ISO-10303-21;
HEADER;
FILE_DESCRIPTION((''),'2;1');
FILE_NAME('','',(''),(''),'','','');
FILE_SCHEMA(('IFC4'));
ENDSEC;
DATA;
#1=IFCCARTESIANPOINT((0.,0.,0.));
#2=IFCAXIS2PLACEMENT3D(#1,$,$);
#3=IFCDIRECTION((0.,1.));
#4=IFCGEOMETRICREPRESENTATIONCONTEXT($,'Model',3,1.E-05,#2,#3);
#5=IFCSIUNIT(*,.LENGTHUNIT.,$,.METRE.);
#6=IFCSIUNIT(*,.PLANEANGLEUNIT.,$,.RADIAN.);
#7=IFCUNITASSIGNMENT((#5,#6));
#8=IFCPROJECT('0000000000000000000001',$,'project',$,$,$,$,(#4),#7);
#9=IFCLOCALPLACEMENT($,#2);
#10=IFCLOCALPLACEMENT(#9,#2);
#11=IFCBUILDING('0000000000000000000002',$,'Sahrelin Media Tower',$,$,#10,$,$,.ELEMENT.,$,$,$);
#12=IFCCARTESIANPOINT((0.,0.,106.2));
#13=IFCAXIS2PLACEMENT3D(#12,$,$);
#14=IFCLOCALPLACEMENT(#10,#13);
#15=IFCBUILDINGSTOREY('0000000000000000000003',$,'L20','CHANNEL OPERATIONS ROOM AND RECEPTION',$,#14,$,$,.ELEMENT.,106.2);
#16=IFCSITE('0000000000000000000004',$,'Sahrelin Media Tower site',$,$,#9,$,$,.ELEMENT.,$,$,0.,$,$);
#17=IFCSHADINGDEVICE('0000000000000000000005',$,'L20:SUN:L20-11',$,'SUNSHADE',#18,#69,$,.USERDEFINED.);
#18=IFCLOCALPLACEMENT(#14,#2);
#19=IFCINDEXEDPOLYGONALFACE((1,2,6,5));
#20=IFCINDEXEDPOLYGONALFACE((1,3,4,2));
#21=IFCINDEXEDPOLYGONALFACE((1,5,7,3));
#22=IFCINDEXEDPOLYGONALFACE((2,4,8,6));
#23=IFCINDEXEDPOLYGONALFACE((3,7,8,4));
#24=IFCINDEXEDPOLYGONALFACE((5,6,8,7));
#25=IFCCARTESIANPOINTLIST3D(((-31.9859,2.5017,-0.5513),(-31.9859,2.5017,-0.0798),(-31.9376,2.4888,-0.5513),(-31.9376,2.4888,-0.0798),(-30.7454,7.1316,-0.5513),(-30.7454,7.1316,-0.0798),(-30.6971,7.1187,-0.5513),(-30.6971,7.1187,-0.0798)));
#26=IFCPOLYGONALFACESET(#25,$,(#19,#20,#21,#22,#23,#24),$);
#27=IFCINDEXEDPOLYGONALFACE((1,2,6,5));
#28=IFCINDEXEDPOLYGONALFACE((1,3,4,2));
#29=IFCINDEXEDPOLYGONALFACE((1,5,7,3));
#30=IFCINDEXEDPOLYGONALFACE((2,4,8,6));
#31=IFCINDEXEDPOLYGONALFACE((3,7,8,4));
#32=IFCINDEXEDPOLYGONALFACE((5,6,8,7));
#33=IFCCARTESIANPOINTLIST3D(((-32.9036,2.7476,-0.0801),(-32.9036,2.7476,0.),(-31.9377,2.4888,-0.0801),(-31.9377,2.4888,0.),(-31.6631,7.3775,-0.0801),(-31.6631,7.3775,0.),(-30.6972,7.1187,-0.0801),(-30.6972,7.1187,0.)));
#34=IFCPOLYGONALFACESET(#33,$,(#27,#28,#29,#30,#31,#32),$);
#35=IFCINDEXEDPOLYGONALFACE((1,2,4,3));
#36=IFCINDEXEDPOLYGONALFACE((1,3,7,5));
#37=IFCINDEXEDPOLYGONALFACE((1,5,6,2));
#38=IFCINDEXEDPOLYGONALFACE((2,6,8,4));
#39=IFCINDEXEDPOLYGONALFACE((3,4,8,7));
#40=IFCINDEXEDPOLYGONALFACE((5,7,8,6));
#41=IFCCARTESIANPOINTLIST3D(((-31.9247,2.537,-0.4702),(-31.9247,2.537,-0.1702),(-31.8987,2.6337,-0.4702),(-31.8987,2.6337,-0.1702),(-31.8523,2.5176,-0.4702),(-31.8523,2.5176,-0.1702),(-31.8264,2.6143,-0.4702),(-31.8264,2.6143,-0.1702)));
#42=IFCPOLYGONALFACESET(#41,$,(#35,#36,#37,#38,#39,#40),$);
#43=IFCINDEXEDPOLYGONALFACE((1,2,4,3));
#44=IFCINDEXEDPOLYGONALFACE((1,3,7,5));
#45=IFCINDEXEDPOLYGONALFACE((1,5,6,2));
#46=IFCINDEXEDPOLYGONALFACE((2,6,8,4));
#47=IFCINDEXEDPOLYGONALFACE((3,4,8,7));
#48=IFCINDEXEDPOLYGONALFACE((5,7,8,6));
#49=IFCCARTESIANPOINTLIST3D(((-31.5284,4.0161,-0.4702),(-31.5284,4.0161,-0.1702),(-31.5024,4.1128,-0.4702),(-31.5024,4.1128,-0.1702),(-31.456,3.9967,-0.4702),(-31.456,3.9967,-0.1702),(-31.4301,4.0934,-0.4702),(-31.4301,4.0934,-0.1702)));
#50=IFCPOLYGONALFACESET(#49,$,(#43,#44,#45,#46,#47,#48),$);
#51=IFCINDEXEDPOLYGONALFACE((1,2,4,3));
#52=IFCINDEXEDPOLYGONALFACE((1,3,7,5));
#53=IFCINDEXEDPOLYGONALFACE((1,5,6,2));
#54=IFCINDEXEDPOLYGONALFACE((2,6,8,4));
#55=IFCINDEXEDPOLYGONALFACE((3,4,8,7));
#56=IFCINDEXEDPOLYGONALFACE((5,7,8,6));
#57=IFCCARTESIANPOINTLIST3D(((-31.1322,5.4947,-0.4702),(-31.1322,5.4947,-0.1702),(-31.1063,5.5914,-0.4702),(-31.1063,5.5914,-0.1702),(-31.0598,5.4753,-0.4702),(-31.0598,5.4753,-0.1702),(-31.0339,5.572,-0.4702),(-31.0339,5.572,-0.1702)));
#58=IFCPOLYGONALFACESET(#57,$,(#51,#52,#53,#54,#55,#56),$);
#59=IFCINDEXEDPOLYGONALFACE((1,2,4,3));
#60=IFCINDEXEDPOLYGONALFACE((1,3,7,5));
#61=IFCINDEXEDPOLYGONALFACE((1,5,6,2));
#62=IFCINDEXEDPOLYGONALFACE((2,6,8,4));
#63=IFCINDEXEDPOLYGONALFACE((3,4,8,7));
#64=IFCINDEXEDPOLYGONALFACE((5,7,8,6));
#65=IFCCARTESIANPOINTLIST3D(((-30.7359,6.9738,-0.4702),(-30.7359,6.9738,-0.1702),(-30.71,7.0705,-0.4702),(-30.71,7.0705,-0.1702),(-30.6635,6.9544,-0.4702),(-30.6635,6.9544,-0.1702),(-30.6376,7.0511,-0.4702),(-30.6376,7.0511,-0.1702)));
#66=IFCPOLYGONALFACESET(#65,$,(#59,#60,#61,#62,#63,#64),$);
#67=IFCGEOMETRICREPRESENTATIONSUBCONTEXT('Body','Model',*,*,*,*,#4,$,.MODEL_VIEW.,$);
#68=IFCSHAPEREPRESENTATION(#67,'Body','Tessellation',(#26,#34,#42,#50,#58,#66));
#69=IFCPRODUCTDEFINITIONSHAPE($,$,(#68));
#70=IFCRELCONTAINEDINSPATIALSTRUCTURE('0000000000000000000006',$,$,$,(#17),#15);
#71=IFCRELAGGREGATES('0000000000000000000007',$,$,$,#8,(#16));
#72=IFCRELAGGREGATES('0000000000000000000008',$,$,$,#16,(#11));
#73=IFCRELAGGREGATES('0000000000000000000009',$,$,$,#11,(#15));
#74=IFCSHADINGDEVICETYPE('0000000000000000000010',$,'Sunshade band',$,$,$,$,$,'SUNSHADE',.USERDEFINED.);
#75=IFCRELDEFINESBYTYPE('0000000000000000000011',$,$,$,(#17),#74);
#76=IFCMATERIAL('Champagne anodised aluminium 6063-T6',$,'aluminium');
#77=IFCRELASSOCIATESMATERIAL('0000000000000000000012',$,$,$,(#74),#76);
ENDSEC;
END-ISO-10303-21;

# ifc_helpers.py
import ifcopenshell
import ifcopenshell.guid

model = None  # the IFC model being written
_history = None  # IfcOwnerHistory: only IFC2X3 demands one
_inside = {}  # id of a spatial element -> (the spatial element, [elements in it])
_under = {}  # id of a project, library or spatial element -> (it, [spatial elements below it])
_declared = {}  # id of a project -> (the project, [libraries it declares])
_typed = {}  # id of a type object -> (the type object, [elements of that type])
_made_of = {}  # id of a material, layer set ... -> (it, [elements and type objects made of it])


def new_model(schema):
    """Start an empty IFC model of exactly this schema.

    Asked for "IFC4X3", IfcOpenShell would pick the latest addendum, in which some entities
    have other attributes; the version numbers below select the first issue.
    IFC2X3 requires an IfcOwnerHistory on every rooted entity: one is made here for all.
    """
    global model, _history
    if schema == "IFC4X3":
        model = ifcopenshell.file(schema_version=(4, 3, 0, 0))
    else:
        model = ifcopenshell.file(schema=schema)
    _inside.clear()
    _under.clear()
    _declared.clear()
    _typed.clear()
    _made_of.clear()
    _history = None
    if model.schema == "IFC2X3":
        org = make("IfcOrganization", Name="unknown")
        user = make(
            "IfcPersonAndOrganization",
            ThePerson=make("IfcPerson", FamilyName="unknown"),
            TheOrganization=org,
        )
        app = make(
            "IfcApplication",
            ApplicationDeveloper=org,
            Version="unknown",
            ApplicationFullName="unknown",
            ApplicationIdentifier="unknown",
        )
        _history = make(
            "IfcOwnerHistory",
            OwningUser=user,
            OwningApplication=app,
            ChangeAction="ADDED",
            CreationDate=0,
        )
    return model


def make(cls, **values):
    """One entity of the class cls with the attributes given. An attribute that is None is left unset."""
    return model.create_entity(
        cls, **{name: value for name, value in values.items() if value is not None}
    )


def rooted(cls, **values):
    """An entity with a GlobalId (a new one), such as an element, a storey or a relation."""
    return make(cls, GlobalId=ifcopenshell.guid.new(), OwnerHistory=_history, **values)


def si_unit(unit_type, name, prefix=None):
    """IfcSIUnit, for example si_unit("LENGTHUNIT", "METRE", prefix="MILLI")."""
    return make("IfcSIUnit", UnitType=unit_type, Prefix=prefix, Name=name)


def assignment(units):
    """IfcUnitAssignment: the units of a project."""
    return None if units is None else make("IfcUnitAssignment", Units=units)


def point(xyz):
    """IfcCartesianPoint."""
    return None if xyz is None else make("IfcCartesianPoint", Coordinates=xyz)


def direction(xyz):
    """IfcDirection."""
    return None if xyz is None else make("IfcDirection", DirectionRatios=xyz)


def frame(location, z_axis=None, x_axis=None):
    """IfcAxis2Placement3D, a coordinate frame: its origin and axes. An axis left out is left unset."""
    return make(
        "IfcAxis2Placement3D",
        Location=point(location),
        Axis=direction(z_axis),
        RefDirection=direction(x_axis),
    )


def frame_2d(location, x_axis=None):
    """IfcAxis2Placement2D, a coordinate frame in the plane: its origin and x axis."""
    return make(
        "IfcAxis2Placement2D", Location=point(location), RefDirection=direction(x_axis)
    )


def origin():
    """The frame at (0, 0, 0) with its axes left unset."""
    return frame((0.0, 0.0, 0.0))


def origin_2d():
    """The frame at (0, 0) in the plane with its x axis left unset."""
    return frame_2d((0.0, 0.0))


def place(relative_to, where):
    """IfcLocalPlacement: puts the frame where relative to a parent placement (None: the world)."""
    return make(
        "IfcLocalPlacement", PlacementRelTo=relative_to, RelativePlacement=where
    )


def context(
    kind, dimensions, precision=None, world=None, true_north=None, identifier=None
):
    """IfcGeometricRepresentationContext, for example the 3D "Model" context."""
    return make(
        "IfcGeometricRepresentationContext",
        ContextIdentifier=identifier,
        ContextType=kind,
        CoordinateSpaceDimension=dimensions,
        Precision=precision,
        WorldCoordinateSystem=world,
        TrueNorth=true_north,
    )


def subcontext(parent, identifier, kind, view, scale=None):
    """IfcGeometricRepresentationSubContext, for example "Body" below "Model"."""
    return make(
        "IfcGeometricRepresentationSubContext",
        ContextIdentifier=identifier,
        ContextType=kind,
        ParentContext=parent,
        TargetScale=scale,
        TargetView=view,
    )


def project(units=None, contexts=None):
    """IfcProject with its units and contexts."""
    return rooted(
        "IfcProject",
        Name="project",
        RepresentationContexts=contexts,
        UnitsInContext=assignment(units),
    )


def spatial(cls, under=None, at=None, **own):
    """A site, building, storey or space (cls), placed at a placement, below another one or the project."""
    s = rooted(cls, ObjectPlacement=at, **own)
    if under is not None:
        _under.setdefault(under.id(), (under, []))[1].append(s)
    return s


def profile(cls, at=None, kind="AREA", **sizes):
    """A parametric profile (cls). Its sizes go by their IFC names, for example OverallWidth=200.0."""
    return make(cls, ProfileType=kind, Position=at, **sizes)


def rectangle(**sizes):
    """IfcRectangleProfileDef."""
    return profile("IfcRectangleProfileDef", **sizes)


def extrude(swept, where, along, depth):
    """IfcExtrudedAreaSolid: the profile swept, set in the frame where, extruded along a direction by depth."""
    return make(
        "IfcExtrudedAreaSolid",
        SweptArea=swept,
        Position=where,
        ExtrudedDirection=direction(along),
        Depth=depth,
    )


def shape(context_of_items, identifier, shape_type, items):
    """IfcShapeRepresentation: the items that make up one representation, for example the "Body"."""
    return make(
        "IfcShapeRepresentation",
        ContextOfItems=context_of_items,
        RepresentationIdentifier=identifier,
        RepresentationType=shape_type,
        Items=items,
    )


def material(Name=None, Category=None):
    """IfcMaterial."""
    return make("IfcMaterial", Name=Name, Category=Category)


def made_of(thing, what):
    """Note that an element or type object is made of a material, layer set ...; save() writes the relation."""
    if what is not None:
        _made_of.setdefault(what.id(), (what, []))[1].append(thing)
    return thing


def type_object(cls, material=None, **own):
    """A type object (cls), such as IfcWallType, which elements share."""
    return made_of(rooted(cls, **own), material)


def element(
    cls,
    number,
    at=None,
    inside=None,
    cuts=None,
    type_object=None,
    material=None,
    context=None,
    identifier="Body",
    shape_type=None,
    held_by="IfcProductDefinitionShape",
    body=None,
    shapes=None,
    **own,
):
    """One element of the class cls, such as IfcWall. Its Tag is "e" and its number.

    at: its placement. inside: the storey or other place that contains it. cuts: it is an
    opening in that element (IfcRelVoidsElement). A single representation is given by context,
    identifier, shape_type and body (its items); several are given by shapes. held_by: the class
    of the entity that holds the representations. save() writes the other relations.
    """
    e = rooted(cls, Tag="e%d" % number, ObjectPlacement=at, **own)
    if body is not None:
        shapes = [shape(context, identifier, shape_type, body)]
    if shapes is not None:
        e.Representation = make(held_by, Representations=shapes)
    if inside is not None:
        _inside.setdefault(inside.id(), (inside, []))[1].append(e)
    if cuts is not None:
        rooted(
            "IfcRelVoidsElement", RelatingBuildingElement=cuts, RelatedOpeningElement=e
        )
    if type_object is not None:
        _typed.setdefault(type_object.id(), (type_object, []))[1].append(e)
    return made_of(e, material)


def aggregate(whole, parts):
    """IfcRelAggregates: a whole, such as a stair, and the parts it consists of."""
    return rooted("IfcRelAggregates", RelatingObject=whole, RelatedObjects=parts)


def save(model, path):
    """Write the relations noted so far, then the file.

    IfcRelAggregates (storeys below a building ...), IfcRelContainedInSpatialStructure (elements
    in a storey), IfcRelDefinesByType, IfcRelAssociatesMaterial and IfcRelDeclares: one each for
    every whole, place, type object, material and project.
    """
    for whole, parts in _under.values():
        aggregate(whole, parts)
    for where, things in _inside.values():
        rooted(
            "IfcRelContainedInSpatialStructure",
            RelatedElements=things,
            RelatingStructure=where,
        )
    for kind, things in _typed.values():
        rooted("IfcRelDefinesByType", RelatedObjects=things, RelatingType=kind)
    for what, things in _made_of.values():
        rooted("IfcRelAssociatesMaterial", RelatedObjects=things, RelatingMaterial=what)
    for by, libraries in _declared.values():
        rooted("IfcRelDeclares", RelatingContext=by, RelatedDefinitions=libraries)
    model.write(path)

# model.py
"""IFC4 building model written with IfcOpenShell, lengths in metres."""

from ifc_helpers import new_model, si_unit, direction, frame, origin, origin_2d, place, context, subcontext, project, spatial, rectangle, extrude, material, type_object, element, save


model = new_model("IFC4")

# Units and contexts
model_context = context("Model", 3, precision=1e-05, world=origin(), true_north=direction((0.0, 1.0)))
body_context = subcontext(model_context, "Body", "Model", "MODEL_VIEW")
ifc_project = project(units=[si_unit("LENGTHUNIT", "METRE"), si_unit("PLANEANGLEUNIT", "RADIAN")], contexts=[model_context])

# Site, building, storey
site_placement = place(None, origin())
site = spatial("IfcSite", under=ifc_project, at=site_placement, Name="Sahrelin Media Tower site", CompositionType="ELEMENT", RefElevation=0.0)
building_placement = place(site_placement, origin())
building = spatial("IfcBuilding", under=site, at=building_placement, Name="Sahrelin Media Tower", CompositionType="ELEMENT")
storey_placement = place(building_placement, frame((0.0, 0.0, 106.2)))
storey = spatial("IfcBuildingStorey", under=building, at=storey_placement, Name="L20", Description="CHANNEL OPERATIONS ROOM AND RECEPTION", CompositionType="ELEMENT", Elevation=106.2)

# Shared definitions
ifc_material_1 = material(Name="Champagne anodised aluminium 6063-T6", Category="aluminium")

# Shading device
placement_1 = place(storey_placement, frame((-31.2981, 4.7986, 0.0), z_axis=(0.0, 0.0, 1.0), x_axis=(0.258808, 0.965929, 0.0)))
shading_device_type_1 = type_object("IfcShadingDeviceType", Name="Sunshade band", ElementType="SUNSHADE", PredefinedType="USERDEFINED", material=ifc_material_1)
element("IfcShadingDevice", 1, at=placement_1, inside=storey, type_object=shading_device_type_1, Name="L20:SUN:L20-11", ObjectType="SUNSHADE", PredefinedType="USERDEFINED", context=body_context, shape_type="SweptSolid", body=[
    extrude(rectangle(XDim=4.7932, YDim=0.05, at=origin_2d()), frame((0.0, 0.0449, -0.5513)), (0.0, 0.0, 1.0), 0.4714),
    extrude(rectangle(XDim=4.7932, YDim=1.0, at=origin_2d()), frame((0.0, 0.52, -0.0801)), (0.0, 0.0, 1.0), 0.0801),
    extrude(rectangle(XDim=0.1001, YDim=0.075, at=origin_2d()), frame((-2.2966, -0.0176, -0.4702)), (0.0, 0.0, 1.0), 0.3),
    extrude(rectangle(XDim=0.1001, YDim=0.075, at=origin_2d()), frame((-0.7654, -0.0176, -0.4702)), (0.0, 0.0, 1.0), 0.3),
    extrude(rectangle(XDim=0.1001, YDim=0.075, at=origin_2d()), frame((0.7654, -0.0176, -0.4702)), (0.0, 0.0, 1.0), 0.3),
    extrude(rectangle(XDim=0.1001, YDim=0.075, at=origin_2d()), frame((2.2966, -0.0176, -0.4702)), (0.0, 0.0, 1.0), 0.3),
])

save(model, "model.ifc")
